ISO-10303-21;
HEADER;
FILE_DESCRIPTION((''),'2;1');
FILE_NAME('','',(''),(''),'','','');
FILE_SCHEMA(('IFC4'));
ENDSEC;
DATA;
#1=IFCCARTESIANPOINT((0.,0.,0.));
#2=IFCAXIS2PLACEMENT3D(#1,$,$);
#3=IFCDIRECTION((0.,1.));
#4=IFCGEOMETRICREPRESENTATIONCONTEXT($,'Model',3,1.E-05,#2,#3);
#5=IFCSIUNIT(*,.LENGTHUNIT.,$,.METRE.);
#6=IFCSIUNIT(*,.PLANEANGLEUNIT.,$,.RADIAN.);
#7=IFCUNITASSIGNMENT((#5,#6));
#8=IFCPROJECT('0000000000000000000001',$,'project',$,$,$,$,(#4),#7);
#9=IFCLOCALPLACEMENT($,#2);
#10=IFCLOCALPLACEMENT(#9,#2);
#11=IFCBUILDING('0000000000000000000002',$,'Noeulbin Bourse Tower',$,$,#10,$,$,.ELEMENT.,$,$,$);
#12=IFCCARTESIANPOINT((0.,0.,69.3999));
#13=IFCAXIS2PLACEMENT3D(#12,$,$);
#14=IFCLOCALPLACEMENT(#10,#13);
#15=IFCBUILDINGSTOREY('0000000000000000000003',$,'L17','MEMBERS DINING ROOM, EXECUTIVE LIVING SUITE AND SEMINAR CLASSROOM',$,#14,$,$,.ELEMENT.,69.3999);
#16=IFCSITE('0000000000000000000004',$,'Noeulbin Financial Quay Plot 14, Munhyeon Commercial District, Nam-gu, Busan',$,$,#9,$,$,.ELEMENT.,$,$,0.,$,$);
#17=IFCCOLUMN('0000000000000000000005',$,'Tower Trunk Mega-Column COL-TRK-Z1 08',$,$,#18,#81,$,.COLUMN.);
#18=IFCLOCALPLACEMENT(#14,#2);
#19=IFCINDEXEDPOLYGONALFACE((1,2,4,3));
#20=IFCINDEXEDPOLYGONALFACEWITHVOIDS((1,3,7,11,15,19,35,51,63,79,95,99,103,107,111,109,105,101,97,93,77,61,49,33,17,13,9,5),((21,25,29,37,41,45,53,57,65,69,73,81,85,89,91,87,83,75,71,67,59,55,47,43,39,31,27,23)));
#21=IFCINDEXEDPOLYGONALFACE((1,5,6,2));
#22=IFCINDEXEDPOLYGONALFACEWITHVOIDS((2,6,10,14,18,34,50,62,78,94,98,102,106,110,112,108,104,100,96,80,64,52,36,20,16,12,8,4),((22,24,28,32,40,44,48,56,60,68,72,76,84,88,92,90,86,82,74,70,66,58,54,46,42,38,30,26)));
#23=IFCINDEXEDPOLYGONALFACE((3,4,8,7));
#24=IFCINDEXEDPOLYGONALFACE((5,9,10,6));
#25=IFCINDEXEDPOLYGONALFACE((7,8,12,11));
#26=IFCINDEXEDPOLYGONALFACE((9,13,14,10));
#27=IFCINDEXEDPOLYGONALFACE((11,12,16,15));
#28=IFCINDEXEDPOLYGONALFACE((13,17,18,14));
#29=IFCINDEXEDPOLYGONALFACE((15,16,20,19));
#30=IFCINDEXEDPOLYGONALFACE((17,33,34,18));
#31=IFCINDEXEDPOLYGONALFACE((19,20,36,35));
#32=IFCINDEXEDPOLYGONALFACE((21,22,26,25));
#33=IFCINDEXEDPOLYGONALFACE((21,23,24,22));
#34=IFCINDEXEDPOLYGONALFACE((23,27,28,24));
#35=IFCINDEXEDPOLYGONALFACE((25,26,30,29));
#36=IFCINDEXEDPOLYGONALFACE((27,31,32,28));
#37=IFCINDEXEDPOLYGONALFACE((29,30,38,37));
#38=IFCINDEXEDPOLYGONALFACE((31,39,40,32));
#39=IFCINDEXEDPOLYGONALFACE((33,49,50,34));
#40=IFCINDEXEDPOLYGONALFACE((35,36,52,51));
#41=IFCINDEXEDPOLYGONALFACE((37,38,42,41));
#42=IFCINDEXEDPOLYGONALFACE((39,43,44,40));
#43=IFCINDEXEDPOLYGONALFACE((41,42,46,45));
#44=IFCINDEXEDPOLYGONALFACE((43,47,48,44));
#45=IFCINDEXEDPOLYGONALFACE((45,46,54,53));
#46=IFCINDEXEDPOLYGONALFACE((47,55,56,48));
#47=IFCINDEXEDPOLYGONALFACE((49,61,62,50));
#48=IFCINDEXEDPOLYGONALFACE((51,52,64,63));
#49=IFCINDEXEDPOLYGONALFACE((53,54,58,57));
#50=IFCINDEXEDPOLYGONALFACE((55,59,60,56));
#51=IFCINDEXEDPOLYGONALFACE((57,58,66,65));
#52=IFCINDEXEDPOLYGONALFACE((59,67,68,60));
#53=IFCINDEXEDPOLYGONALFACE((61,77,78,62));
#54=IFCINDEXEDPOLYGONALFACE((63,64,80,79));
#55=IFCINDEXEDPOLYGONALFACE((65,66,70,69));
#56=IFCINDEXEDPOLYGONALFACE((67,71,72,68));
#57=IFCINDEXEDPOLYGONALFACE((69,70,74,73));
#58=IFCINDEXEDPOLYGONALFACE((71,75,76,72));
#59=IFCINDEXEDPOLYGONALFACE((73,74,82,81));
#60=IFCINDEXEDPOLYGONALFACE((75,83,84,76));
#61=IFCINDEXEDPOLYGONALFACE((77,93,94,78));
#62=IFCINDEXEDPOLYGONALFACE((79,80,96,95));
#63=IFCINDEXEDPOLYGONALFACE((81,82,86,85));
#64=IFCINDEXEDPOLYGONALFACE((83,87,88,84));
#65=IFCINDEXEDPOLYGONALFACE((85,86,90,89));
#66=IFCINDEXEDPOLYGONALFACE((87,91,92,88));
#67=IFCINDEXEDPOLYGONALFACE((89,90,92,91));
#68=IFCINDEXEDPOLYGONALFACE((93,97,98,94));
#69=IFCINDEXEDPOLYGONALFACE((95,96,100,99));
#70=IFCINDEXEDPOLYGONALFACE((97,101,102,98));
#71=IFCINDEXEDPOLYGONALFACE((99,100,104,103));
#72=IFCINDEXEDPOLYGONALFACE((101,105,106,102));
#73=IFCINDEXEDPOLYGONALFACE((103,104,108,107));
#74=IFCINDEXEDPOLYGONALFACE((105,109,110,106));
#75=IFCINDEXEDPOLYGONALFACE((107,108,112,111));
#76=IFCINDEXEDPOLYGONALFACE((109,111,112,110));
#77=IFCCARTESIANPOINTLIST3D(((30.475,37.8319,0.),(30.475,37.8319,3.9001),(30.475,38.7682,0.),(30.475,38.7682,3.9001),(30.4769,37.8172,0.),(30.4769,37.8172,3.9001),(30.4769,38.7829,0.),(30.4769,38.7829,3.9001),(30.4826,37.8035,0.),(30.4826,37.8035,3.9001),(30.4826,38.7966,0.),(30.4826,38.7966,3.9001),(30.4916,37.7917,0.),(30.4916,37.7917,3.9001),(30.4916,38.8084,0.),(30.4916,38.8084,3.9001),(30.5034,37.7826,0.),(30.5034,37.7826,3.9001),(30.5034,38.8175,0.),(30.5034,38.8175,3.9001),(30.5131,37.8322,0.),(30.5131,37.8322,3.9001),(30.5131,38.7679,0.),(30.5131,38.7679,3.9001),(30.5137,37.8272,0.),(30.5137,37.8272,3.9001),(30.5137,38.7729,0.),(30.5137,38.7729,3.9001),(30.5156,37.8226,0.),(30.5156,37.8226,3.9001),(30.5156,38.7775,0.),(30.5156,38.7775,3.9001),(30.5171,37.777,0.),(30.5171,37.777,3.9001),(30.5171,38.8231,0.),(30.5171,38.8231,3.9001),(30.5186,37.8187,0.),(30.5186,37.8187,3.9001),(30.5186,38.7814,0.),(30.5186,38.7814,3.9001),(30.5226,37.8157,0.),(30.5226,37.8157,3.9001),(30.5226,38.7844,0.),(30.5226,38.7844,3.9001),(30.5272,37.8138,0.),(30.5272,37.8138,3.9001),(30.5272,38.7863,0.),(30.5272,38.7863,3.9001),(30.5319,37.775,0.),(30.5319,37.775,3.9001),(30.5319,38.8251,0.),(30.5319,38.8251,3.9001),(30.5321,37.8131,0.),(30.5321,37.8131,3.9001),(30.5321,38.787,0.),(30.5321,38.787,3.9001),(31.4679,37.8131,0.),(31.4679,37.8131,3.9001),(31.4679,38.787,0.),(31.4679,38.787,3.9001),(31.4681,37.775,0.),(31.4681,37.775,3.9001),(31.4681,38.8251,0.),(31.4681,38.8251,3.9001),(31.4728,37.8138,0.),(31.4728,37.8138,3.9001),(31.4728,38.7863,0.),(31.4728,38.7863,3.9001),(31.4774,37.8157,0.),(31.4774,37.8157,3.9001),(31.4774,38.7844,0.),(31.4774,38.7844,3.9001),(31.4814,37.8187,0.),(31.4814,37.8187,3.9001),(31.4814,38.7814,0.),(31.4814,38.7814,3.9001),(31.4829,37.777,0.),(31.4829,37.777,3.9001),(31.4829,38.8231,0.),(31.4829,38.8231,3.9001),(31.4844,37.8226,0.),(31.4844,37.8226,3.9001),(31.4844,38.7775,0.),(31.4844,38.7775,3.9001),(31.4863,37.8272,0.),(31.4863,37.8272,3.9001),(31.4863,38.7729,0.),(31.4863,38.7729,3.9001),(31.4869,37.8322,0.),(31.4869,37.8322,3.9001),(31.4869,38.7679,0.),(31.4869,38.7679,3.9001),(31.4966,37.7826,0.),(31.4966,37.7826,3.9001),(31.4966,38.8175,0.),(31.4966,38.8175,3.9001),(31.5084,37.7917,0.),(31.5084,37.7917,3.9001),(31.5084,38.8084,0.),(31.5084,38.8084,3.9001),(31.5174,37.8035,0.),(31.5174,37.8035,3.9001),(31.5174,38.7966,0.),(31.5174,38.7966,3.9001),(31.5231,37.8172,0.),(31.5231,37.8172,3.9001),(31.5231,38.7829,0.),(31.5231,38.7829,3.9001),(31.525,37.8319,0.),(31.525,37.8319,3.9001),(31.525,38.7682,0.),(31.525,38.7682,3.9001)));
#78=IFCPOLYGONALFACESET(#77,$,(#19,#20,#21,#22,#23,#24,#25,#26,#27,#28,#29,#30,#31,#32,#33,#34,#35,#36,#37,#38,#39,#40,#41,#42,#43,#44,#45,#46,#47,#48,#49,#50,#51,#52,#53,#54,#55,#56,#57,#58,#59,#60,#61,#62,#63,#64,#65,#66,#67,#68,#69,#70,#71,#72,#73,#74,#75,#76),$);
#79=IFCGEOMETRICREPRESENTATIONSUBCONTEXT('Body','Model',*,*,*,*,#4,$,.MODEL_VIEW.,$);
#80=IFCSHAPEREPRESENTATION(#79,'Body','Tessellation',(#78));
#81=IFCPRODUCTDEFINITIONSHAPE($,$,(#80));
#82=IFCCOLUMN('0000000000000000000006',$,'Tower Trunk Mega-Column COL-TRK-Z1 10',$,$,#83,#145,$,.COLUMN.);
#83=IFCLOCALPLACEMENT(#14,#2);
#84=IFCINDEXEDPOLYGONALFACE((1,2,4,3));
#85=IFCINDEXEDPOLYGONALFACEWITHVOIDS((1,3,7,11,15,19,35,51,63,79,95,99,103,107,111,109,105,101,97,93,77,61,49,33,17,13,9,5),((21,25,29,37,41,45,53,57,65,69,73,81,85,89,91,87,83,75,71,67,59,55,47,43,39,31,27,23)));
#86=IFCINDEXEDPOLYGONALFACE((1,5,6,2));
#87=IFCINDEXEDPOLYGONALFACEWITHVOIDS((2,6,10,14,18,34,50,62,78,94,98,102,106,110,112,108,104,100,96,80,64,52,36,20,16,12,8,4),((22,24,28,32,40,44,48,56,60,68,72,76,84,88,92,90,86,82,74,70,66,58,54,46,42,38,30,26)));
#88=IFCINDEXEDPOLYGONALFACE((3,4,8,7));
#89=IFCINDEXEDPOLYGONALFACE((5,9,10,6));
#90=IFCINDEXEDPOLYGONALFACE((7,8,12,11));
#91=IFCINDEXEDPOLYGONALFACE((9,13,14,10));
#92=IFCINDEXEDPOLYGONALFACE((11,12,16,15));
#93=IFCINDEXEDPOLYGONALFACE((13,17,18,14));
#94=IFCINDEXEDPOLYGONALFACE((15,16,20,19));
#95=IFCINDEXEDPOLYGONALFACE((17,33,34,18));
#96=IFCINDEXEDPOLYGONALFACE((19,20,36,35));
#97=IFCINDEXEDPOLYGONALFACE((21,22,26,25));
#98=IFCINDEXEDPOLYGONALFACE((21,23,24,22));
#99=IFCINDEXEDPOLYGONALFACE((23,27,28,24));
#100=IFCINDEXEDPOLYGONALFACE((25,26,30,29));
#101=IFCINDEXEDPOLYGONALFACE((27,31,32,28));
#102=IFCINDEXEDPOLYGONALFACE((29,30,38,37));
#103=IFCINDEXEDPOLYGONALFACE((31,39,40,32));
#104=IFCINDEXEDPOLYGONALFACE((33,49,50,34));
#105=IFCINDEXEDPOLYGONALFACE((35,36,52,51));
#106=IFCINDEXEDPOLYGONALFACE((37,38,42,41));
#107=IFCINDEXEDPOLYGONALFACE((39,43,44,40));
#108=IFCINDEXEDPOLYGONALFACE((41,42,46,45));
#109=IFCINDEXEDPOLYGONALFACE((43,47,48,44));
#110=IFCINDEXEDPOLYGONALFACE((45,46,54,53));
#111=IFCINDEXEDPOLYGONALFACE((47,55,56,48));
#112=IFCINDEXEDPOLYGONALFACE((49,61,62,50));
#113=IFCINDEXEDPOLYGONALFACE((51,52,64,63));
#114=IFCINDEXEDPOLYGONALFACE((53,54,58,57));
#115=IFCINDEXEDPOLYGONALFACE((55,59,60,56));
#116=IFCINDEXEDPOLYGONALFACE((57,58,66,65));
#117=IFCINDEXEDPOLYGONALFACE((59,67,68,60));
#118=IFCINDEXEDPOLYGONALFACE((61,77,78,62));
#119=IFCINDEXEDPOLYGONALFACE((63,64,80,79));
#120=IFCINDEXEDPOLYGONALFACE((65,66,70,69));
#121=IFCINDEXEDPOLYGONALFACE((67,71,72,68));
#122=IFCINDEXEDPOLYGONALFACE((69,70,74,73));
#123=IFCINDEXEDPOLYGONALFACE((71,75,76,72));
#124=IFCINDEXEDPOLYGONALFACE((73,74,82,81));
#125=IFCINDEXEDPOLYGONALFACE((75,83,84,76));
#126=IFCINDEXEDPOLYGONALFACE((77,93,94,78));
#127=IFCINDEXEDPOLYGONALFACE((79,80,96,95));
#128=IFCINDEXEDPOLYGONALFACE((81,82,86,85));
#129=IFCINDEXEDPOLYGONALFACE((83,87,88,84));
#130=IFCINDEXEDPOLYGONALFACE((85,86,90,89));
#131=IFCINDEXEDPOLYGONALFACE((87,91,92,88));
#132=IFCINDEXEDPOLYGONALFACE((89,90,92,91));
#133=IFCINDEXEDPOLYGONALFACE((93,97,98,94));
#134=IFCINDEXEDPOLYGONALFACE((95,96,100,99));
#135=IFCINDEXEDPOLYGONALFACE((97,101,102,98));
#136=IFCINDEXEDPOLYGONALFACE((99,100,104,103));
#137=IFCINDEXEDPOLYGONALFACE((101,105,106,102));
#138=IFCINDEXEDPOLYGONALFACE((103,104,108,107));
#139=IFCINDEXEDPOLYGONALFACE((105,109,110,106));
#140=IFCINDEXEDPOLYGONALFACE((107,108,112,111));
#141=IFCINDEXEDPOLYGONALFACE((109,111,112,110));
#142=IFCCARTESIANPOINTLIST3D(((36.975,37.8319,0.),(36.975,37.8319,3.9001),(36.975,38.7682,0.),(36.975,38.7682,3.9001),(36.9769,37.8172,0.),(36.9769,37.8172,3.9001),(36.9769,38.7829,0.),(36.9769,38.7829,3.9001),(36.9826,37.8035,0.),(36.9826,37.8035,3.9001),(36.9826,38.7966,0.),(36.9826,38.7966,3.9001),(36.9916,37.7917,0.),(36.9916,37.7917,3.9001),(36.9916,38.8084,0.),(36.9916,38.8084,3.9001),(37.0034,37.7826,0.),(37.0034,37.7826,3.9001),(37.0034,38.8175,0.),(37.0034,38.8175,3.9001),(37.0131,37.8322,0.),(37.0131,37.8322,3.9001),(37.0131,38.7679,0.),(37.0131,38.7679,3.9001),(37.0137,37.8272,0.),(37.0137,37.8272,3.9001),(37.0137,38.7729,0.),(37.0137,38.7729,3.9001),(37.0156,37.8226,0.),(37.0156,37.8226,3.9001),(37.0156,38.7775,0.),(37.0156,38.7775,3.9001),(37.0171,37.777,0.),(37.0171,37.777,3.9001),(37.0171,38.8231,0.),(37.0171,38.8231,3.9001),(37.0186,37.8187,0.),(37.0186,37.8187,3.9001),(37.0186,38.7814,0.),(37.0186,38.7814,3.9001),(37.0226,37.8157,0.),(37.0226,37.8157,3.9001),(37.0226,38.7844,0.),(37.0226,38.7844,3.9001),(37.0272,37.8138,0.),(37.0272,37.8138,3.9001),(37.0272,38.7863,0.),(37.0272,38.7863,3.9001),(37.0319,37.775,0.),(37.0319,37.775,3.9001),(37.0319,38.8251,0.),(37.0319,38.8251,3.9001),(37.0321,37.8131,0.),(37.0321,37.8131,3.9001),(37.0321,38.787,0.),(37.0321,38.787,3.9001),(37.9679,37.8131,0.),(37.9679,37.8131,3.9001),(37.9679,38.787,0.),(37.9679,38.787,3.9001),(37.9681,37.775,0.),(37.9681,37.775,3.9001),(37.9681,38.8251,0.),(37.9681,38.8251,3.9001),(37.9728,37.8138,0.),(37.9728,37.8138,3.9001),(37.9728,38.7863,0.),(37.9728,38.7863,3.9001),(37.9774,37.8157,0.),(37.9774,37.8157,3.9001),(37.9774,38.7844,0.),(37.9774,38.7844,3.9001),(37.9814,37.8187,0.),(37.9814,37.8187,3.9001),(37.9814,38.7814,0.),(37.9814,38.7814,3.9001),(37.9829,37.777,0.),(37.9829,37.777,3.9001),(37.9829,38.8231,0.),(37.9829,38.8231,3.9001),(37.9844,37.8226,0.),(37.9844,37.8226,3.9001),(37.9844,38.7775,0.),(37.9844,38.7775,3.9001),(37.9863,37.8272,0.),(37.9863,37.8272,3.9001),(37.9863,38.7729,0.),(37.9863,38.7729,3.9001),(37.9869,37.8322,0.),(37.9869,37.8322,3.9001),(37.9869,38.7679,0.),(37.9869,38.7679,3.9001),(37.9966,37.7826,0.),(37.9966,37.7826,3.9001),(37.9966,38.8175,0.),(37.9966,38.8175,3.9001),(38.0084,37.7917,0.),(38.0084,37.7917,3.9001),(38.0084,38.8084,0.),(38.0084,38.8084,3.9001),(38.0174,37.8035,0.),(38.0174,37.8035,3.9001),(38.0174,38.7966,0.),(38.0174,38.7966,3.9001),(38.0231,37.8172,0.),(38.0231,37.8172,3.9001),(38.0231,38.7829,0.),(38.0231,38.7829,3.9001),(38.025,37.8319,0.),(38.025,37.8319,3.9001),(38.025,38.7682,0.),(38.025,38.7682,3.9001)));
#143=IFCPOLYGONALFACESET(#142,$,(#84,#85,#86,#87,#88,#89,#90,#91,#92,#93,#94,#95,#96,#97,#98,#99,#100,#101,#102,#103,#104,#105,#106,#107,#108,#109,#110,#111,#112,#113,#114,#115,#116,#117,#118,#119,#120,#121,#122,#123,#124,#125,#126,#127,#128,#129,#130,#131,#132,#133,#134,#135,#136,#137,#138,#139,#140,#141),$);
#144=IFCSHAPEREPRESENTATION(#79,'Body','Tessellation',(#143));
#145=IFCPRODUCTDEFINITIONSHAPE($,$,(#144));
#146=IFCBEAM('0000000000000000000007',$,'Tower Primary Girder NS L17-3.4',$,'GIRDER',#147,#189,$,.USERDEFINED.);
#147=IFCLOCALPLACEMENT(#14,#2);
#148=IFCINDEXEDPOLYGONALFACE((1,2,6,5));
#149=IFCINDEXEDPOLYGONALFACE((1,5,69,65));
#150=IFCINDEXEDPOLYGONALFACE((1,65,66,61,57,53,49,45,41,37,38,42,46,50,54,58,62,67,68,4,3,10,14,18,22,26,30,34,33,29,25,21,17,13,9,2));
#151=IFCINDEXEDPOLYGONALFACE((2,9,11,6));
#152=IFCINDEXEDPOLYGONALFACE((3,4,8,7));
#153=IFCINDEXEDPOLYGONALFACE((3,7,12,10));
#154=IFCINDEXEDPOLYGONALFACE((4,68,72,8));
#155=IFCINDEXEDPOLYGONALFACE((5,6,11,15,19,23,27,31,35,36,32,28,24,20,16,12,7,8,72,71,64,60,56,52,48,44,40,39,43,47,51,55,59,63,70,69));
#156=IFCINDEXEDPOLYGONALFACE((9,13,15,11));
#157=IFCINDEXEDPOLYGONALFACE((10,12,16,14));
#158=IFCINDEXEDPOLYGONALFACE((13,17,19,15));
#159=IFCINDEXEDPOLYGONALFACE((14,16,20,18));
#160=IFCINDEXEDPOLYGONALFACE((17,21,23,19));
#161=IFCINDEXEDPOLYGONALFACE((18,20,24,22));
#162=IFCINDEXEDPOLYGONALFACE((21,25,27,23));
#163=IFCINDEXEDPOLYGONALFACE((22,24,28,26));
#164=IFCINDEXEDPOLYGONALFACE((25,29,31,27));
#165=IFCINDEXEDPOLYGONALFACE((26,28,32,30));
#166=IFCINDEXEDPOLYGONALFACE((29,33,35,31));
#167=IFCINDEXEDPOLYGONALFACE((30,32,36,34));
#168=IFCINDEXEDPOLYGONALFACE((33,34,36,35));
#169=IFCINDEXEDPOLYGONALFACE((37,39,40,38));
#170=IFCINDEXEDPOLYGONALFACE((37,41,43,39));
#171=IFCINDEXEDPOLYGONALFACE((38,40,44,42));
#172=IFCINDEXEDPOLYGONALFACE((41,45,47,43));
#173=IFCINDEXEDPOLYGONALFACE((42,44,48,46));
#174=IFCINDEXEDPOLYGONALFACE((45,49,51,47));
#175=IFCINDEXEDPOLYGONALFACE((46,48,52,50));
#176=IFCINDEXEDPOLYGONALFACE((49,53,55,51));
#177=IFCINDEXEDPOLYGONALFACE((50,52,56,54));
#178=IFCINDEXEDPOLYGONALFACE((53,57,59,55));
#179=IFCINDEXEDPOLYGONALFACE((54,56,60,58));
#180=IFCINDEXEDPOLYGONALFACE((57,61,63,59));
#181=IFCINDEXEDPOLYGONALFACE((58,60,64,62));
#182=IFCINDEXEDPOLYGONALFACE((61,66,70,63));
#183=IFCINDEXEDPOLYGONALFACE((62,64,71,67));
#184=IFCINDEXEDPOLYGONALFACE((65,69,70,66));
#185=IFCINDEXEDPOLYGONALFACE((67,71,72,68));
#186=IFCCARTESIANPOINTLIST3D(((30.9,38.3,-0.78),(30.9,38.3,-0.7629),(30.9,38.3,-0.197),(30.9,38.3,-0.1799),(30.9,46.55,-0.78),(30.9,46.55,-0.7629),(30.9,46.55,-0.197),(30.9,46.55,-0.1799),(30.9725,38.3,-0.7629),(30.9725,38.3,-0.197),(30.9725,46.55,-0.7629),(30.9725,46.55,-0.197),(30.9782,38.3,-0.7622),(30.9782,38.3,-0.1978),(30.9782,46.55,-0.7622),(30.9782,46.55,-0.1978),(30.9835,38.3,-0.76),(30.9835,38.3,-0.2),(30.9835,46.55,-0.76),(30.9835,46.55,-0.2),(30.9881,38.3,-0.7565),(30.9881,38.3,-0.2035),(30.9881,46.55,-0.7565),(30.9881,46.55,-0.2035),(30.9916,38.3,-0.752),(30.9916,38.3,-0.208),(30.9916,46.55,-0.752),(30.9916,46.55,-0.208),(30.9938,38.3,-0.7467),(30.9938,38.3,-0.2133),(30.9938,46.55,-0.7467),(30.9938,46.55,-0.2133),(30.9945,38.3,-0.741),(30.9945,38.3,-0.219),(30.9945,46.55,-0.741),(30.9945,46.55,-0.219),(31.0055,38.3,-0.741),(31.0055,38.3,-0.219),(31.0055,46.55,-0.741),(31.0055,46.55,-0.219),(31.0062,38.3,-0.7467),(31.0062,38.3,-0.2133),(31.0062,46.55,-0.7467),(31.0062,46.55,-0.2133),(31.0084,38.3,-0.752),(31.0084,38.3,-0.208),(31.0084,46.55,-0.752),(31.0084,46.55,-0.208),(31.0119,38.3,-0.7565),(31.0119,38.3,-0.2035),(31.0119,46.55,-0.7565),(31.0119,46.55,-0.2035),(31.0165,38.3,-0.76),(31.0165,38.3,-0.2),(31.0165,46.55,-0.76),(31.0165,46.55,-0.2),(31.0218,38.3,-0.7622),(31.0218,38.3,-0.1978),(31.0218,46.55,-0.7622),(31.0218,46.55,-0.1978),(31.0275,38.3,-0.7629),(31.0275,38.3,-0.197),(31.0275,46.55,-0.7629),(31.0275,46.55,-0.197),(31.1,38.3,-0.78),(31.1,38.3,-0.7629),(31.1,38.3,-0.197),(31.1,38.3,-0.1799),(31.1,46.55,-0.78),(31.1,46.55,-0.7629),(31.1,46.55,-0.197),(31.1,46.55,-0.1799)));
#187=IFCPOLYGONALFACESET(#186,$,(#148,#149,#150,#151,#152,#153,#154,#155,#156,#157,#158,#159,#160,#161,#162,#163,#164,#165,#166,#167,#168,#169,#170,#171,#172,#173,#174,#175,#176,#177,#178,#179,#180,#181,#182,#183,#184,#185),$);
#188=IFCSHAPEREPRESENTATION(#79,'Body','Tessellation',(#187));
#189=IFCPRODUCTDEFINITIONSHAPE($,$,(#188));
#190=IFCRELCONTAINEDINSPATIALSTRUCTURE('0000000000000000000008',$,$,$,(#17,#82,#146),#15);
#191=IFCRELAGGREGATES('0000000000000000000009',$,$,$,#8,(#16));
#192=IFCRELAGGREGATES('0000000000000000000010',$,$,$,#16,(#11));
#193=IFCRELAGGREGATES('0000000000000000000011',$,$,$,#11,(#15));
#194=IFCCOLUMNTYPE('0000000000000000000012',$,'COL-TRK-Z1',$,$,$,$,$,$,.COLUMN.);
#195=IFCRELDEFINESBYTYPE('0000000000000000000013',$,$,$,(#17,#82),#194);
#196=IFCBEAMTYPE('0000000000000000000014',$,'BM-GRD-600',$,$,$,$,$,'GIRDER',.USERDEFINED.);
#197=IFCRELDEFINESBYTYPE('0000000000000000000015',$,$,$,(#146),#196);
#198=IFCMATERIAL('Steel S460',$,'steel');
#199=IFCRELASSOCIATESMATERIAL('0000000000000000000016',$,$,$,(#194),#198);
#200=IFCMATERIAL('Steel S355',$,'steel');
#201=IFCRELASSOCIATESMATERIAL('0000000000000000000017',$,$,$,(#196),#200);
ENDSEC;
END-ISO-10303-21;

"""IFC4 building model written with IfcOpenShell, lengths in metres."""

from ifc_helpers import new_model, si_unit, direction, frame, origin, origin_2d, place, context, subcontext, project, spatial, hollow_rectangle, i_section, extrude, material, material_profile, profile_set, type_object, element, save


model = new_model("IFC4")

# Units and contexts
model_context = context("Model", 3, precision=1e-05, world=origin(), true_north=direction((0.0, 1.0)))
body_context = subcontext(model_context, "Body", "Model", "MODEL_VIEW")
ifc_project = project(units=[si_unit("LENGTHUNIT", "METRE"), si_unit("PLANEANGLEUNIT", "RADIAN")], contexts=[model_context])

# Site, building, storey
site_placement = place(None, origin())
site = spatial("IfcSite", under=ifc_project, at=site_placement, Name="Noeulbin Financial Quay Plot 14, Munhyeon Commercial District, Nam-gu, Busan", CompositionType="ELEMENT", RefElevation=0.0)
building_placement = place(site_placement, origin())
building = spatial("IfcBuilding", under=site, at=building_placement, Name="Noeulbin Bourse Tower", CompositionType="ELEMENT")
storey_placement = place(building_placement, frame((0.0, 0.0, 69.3999)))
storey = spatial("IfcBuildingStorey", under=building, at=storey_placement, Name="L17", Description="MEMBERS DINING ROOM, EXECUTIVE LIVING SUITE AND SEMINAR CLASSROOM", CompositionType="ELEMENT", Elevation=69.3999)

# Columns
ifc_material_1 = material(Name="Steel S460", Category="steel")
ifc_material_profile_1 = material_profile(ifc_material_1, hollow_rectangle(XDim=1.05, YDim=1.05, WallThickness=0.0381, InnerFilletRadius=0.019, OuterFilletRadius=0.0569, at=origin_2d()), Name="BOX-1050x1050x38", Category="LoadBearing")
ifc_profile_set_1 = profile_set([ifc_material_profile_1], Name="Steel S460")
column_type = type_object("IfcColumnType", Name="COL-TRK-Z1", PredefinedType="COLUMN", material=ifc_profile_set_1)
for number, where, z_axis, x_axis, name in (
    (1, (31.0, 38.3, 0.0), (0.0, 0.0, 1.0), (1.0, 0.0, 0.0), "Tower Trunk Mega-Column COL-TRK-Z1 08"),
    (2, (37.5, 38.3, 0.0), (0.0, 0.0, 1.0), (1.0, 0.0, 0.0), "Tower Trunk Mega-Column COL-TRK-Z1 10"),
):
    element("IfcColumn", number, at=place(storey_placement, frame(where, z_axis=z_axis, x_axis=x_axis)), inside=storey, type_object=column_type, Name=name, PredefinedType="COLUMN", context=body_context, shape_type="SweptSolid", body=[
        extrude(hollow_rectangle(XDim=1.05, YDim=1.05, WallThickness=0.0381, InnerFilletRadius=0.019, OuterFilletRadius=0.0569, at=origin_2d()), origin(), (0.0, 0.0, 1.0), 3.9001),
    ])

# Beam
ifc_material_2 = material(Name="Steel S355", Category="steel")
ifc_material_profile_2 = material_profile(ifc_material_2, i_section(OverallWidth=0.2, OverallDepth=0.6001, WebThickness=0.011, FlangeThickness=0.0171, FilletRadius=0.022, at=origin_2d()), Name="H-600x200x11x17", Category="LoadBearing")
ifc_profile_set_2 = profile_set([ifc_material_profile_2], Name="Steel S355")
beam_type_1 = type_object("IfcBeamType", Name="BM-GRD-600", ElementType="GIRDER", PredefinedType="USERDEFINED", material=ifc_profile_set_2)
for number, where, z_axis, x_axis, name in (
    (3, (31.0, 38.3, -0.48), (0.0, 1.0, 0.0), (-1.0, 0.0, 0.0), "Tower Primary Girder NS L17-3.4"),
):
    element("IfcBeam", number, at=place(storey_placement, frame(where, z_axis=z_axis, x_axis=x_axis)), inside=storey, type_object=beam_type_1, Name=name, ObjectType="GIRDER", PredefinedType="USERDEFINED", context=body_context, shape_type="SweptSolid", body=[
        extrude(i_section(OverallWidth=0.2, OverallDepth=0.6001, WebThickness=0.011, FlangeThickness=0.0171, FilletRadius=0.022, at=origin_2d()), origin(), (0.0, 0.0, 1.0), 8.25),
    ])

save(model, "model.ifc")
